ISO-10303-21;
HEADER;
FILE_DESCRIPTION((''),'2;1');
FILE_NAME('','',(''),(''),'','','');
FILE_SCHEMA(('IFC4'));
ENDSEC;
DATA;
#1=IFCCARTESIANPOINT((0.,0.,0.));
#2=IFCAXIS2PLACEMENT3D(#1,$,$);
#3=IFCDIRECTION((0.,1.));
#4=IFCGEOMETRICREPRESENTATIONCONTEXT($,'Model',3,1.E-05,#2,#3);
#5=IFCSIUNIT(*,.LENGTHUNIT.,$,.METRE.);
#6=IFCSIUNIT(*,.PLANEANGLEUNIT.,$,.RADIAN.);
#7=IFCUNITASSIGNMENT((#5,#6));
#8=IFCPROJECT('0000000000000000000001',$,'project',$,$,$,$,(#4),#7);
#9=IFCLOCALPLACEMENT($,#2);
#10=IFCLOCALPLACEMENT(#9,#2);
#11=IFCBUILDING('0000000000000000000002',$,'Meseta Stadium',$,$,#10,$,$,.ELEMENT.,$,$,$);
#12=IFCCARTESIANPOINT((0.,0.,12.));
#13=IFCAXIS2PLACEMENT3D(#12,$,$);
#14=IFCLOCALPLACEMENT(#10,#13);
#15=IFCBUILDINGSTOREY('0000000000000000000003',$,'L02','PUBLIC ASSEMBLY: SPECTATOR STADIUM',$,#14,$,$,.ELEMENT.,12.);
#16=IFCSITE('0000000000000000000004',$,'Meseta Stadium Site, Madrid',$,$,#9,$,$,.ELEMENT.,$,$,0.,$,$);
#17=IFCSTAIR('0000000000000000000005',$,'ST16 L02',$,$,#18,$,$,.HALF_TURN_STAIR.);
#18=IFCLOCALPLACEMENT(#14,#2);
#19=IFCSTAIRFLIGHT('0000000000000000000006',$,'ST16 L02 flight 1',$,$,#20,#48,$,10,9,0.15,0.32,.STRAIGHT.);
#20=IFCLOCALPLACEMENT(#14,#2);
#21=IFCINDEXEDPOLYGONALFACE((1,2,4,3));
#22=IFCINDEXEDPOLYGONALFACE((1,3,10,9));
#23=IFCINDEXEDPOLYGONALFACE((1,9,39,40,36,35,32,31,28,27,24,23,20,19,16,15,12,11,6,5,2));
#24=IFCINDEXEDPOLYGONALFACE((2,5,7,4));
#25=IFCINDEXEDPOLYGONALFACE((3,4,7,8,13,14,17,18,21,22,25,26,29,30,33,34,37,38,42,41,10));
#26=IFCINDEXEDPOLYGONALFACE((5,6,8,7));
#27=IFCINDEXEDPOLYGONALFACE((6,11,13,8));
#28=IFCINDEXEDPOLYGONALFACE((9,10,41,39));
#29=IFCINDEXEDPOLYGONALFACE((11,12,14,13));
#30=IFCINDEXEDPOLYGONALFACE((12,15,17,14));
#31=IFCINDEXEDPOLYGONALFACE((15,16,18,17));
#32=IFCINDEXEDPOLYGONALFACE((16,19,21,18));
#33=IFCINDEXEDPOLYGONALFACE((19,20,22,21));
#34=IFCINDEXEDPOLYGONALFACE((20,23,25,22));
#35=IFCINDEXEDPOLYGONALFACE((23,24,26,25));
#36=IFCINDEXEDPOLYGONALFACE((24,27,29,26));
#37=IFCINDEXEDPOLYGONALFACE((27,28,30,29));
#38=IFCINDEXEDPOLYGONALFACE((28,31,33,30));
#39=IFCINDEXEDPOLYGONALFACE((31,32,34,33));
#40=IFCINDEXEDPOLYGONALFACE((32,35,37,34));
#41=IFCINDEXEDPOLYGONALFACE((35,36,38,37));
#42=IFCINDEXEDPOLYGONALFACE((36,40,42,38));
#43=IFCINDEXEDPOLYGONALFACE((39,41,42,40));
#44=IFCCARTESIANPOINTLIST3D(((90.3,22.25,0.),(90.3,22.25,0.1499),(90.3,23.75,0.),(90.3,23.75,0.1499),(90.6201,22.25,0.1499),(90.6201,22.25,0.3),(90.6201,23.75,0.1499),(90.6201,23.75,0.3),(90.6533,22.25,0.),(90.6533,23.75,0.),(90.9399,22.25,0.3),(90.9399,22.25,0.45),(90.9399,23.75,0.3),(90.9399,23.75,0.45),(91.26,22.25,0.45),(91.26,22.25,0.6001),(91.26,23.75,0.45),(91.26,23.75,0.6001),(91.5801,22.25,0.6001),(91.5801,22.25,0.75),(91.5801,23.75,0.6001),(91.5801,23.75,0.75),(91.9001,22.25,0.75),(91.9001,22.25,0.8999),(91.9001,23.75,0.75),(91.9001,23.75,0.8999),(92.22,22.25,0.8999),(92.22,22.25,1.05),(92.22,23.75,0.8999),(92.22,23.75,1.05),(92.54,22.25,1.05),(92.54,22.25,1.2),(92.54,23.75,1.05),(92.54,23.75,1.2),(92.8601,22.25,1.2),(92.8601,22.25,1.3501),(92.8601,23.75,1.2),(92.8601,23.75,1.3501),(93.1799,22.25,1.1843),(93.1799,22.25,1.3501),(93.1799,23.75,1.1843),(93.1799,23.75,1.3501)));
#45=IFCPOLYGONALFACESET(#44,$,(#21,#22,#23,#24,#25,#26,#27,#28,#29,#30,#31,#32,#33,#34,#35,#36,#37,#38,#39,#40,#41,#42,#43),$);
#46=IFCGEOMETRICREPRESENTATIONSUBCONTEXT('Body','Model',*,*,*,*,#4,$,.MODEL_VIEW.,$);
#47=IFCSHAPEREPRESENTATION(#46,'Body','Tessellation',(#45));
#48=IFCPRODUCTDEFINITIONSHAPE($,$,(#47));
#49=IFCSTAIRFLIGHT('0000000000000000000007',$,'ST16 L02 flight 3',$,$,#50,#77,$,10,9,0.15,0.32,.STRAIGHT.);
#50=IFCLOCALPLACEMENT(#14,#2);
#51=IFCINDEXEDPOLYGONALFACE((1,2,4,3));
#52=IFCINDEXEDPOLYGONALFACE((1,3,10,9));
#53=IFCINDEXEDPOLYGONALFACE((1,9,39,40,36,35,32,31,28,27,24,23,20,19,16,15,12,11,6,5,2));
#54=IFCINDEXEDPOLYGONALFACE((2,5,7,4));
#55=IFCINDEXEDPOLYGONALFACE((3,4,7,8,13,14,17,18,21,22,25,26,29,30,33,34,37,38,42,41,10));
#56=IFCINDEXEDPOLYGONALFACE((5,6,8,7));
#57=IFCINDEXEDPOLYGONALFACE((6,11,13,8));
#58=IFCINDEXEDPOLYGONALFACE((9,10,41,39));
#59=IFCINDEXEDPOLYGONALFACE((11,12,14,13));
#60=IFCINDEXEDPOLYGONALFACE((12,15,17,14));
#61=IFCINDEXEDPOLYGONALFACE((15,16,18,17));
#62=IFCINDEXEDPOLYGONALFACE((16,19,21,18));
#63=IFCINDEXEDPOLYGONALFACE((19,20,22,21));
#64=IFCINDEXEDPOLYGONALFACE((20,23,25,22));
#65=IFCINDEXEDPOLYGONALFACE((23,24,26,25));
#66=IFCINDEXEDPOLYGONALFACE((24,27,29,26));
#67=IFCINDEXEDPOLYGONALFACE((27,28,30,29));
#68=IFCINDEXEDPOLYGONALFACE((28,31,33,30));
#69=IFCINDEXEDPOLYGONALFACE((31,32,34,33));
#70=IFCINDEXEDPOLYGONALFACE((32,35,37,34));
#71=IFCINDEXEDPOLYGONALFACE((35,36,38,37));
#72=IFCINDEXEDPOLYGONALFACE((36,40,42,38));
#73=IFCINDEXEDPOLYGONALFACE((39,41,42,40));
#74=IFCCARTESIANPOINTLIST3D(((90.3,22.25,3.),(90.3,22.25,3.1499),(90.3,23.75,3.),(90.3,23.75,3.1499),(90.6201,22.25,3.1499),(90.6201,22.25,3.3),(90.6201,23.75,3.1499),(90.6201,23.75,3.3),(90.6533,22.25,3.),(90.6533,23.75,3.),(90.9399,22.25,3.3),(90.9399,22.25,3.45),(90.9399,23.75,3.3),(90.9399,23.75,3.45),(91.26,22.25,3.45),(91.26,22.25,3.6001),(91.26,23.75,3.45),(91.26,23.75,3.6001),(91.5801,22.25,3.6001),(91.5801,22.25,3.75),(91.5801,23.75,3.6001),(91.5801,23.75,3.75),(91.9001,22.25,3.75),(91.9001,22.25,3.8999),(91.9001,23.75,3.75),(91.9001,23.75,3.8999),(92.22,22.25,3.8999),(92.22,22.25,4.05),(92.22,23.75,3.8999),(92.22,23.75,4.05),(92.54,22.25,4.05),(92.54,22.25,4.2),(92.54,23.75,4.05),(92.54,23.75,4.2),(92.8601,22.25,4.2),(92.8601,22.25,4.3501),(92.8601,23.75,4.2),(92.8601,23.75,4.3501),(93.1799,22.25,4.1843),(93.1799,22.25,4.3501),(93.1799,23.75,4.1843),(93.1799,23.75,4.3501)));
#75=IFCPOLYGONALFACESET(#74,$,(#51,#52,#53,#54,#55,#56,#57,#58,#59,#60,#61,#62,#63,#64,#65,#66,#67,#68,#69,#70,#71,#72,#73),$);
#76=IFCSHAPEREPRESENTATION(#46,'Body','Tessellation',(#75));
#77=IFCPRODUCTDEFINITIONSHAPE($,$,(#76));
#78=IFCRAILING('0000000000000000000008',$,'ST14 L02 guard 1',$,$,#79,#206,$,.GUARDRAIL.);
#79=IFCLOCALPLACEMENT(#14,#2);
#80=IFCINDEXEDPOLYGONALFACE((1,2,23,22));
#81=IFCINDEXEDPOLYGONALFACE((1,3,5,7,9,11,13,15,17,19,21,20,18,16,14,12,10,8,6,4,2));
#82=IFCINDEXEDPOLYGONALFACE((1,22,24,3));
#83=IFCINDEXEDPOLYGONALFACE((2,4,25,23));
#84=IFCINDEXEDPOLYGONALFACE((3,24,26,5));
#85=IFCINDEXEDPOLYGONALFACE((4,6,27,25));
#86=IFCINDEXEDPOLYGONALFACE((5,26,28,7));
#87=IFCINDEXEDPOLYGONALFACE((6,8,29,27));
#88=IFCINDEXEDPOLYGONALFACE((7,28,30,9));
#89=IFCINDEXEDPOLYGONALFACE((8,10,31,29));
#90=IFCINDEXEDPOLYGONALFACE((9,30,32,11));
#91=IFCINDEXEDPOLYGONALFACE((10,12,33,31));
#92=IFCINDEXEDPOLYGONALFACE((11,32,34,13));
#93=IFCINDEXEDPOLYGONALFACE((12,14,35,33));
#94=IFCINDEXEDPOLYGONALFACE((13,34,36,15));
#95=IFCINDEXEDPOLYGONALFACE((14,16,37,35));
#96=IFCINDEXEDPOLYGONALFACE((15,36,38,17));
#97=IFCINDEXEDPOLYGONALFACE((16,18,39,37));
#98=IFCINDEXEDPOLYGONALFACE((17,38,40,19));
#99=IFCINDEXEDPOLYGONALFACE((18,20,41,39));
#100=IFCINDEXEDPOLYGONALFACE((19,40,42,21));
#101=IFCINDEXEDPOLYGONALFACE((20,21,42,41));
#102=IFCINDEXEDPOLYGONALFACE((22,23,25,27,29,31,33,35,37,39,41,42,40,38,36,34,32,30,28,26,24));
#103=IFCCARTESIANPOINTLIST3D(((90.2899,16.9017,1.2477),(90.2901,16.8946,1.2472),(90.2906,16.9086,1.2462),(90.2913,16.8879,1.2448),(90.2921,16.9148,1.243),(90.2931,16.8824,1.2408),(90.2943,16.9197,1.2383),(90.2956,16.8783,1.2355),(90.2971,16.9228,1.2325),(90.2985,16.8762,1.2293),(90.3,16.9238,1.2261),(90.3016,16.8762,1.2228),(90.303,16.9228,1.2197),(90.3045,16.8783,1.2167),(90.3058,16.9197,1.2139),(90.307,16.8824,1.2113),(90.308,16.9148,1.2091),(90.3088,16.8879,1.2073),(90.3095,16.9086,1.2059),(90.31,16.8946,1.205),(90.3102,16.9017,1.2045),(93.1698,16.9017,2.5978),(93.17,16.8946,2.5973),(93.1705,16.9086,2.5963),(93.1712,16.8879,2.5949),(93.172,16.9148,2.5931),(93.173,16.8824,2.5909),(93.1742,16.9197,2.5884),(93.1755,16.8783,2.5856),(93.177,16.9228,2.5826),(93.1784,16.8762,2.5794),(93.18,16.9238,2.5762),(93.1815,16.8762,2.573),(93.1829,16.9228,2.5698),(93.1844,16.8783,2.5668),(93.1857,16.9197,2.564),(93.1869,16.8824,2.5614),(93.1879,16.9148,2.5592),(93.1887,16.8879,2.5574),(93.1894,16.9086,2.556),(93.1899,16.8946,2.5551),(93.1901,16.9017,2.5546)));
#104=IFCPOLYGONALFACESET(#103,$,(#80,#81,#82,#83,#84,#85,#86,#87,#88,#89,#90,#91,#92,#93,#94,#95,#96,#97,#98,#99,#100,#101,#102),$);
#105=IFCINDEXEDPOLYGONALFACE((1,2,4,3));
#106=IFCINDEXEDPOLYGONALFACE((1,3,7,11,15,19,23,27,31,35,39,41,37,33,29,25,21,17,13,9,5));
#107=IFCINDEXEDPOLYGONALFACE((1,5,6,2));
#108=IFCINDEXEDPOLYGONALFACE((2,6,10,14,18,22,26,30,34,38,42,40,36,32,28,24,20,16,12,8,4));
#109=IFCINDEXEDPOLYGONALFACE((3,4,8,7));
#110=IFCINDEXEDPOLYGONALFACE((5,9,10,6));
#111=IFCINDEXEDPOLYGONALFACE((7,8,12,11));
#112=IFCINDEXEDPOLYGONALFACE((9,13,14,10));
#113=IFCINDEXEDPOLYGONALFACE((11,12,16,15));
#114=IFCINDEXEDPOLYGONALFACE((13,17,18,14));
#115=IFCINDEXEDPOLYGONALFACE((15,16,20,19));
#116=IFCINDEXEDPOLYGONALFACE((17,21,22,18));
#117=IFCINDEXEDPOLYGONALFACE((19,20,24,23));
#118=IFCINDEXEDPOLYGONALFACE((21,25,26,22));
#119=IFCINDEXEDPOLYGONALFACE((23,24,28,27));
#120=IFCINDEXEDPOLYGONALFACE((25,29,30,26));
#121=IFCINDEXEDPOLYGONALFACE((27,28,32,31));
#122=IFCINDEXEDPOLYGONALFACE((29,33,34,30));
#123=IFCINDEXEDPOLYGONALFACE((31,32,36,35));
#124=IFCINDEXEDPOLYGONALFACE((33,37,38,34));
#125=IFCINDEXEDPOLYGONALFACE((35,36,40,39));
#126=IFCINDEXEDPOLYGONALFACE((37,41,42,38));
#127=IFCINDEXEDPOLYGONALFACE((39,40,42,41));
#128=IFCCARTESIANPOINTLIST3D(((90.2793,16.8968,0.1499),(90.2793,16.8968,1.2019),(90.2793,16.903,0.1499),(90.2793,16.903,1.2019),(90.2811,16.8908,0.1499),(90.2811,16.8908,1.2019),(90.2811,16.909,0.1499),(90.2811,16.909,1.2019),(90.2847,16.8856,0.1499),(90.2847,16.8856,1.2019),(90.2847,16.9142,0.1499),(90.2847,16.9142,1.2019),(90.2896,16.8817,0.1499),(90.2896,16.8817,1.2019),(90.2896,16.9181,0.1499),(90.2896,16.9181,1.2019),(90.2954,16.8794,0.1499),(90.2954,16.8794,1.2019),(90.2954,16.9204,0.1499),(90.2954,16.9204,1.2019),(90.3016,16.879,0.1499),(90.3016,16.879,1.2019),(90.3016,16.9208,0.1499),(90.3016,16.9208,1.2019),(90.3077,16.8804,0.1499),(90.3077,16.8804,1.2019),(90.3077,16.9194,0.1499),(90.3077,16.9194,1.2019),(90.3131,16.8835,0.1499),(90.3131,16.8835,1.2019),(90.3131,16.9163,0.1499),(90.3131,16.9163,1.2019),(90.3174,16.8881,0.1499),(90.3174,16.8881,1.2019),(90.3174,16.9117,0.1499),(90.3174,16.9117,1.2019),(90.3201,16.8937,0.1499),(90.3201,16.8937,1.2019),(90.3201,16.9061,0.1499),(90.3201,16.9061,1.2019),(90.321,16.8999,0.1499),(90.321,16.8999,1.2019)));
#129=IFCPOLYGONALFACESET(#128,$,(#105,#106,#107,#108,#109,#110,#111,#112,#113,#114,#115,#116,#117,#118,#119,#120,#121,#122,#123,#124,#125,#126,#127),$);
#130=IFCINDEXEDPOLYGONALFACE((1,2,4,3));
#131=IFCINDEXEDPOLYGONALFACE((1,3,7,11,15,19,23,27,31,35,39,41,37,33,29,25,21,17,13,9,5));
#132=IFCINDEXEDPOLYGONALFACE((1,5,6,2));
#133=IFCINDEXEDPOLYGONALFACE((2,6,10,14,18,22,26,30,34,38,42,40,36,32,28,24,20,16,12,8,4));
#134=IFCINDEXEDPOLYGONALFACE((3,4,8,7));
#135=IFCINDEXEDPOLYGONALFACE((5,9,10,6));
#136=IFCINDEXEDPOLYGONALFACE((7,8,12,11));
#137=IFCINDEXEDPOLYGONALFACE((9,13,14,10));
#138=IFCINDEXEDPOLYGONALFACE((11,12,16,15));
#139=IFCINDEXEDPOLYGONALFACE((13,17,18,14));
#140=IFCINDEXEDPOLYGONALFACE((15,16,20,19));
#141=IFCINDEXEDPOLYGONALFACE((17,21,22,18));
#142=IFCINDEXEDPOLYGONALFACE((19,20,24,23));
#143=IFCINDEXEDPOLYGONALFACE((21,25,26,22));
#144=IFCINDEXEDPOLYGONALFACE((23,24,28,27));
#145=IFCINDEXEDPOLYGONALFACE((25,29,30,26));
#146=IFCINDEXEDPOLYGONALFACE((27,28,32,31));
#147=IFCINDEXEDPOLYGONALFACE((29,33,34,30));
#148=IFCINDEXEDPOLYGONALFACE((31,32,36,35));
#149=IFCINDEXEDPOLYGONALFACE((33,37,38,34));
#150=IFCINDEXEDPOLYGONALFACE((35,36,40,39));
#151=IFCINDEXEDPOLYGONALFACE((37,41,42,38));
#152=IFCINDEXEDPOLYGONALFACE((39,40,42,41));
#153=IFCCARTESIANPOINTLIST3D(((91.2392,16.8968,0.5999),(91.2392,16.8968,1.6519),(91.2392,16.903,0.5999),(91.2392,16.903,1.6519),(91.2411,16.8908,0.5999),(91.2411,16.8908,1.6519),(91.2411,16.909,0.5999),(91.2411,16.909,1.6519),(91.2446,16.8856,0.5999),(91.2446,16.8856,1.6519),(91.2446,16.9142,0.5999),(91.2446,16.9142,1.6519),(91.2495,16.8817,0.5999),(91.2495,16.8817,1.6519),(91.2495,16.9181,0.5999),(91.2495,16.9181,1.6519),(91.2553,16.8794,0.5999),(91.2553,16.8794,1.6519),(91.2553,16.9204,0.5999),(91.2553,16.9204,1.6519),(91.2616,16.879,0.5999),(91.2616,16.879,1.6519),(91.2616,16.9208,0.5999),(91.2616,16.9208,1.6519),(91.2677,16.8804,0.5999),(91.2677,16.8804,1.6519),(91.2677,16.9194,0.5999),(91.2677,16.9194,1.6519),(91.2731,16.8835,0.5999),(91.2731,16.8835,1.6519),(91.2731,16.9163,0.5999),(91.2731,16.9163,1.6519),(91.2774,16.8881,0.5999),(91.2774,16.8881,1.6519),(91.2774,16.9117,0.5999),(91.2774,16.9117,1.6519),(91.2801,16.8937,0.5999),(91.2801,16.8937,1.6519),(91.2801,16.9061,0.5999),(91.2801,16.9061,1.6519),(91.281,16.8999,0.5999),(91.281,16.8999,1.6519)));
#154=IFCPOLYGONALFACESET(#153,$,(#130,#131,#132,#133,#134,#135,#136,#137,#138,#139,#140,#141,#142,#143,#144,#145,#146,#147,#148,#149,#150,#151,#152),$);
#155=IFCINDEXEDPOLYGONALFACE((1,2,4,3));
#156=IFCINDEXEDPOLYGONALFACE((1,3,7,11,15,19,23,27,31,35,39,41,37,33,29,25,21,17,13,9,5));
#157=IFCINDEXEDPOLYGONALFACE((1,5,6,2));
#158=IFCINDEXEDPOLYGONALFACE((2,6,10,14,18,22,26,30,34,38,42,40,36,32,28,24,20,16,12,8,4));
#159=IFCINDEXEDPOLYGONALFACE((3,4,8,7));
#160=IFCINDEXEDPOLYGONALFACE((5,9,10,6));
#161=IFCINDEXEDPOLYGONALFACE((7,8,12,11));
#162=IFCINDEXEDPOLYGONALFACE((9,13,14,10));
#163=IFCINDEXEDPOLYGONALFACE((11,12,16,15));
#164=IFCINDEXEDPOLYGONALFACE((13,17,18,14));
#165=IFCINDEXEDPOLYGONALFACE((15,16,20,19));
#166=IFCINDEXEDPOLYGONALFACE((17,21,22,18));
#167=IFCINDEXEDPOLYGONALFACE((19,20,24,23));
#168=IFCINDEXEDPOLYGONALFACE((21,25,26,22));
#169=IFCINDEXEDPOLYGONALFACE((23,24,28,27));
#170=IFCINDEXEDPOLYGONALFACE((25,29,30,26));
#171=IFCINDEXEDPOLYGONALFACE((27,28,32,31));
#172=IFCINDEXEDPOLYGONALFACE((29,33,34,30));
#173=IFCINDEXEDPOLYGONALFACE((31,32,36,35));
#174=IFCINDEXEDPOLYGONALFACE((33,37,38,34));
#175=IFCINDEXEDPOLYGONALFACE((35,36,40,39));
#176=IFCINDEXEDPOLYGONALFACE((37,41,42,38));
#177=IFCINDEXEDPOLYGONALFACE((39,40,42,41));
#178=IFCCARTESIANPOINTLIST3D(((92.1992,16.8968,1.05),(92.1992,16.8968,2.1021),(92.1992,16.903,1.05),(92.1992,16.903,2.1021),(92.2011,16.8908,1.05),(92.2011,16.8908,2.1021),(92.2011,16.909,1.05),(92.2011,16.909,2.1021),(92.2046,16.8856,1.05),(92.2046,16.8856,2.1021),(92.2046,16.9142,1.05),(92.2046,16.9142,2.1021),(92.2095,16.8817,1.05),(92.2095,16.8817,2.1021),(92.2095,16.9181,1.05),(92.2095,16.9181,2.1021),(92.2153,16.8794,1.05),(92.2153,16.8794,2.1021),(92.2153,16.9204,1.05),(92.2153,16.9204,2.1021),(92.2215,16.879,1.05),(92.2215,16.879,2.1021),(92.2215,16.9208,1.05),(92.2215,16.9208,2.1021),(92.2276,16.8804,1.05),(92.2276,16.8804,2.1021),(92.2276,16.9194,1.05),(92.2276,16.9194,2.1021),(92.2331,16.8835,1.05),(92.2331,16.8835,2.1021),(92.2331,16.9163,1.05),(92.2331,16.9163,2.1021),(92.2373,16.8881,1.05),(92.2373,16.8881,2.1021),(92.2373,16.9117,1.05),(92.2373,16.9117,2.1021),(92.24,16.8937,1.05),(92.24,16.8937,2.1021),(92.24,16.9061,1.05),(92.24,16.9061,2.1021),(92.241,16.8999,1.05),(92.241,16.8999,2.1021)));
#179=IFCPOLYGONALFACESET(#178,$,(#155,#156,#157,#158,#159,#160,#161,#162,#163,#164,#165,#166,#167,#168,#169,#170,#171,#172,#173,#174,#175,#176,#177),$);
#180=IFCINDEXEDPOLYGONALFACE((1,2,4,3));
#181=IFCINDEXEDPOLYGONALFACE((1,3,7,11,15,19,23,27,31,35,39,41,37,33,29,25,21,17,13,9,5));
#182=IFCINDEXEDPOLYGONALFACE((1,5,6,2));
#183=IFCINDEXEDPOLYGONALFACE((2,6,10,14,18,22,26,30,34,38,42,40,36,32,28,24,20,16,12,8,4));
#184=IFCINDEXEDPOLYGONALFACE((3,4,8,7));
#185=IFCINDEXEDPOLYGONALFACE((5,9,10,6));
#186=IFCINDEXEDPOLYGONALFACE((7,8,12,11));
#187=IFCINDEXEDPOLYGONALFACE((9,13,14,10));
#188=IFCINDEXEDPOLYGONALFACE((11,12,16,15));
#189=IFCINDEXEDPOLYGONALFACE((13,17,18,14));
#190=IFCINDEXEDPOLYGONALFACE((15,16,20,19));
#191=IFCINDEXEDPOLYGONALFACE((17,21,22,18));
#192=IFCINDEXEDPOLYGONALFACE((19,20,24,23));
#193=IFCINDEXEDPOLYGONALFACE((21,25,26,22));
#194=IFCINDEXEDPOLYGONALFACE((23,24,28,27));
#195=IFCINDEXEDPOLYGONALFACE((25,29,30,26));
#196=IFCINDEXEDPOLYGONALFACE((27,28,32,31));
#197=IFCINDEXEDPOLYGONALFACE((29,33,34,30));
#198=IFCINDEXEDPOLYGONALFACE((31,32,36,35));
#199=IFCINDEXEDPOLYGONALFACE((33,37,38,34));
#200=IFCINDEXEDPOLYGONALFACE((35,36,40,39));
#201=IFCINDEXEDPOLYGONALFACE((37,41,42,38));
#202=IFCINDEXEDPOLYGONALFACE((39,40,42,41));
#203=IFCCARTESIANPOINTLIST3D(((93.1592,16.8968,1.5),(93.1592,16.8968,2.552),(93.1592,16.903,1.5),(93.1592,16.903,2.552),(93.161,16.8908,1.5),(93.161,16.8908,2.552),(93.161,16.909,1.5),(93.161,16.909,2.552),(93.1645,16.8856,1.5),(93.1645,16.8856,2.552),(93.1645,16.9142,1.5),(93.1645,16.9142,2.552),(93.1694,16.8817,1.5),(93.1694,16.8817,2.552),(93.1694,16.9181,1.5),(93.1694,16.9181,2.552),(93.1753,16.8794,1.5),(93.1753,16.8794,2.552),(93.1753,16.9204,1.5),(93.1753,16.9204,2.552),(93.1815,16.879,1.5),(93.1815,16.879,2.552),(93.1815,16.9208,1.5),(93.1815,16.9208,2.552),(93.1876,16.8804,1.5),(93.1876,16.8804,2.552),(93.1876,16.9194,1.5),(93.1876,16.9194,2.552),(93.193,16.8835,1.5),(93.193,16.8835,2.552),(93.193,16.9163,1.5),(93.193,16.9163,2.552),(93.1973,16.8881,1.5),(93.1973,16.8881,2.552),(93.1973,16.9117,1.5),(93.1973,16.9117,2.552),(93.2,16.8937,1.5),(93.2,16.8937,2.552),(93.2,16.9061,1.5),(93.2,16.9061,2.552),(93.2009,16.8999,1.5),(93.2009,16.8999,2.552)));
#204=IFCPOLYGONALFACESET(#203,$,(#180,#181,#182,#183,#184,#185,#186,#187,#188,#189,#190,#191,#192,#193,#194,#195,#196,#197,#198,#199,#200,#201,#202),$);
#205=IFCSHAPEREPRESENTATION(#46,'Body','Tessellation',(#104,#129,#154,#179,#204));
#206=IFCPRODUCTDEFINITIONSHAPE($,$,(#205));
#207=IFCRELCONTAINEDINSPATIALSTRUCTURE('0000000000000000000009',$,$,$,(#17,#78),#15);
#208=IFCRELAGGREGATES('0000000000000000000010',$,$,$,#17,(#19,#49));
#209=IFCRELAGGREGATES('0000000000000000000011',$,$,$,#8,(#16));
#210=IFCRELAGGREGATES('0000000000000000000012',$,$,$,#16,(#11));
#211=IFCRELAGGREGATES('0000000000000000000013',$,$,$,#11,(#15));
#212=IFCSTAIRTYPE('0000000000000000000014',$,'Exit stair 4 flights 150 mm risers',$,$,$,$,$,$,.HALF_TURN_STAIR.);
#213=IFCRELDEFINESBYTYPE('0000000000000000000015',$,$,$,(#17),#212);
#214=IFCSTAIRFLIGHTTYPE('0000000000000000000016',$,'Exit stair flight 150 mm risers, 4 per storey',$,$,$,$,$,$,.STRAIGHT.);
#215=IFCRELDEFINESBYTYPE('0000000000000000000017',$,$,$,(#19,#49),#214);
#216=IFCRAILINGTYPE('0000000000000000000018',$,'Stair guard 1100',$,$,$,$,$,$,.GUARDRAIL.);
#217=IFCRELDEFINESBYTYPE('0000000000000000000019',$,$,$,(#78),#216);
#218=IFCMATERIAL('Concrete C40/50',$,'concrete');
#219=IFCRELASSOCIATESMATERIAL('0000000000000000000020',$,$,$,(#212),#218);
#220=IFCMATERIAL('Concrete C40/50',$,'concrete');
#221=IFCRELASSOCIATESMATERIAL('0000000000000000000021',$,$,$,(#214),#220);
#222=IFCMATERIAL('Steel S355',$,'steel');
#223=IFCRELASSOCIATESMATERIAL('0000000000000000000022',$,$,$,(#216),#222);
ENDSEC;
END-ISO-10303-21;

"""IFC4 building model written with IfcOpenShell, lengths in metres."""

from ifc_helpers import new_model, si_unit, direction, frame, origin, origin_2d, place, context, subcontext, project, spatial, polyline, circle, outline, extrude, material, type_object, element, aggregate, save


model = new_model("IFC4")

# Units and contexts
model_context = context("Model", 3, precision=1e-05, world=origin(), true_north=direction((0.0, 1.0)))
body_context = subcontext(model_context, "Body", "Model", "MODEL_VIEW")
ifc_project = project(units=[si_unit("LENGTHUNIT", "METRE"), si_unit("PLANEANGLEUNIT", "RADIAN")], contexts=[model_context])

# Site, building, storey
site_placement = place(None, origin())
site = spatial("IfcSite", under=ifc_project, at=site_placement, Name="Meseta Stadium Site, Madrid", CompositionType="ELEMENT", RefElevation=0.0)
building_placement = place(site_placement, origin())
building = spatial("IfcBuilding", under=site, at=building_placement, Name="Meseta Stadium", CompositionType="ELEMENT")
storey_placement = place(building_placement, frame((0.0, 0.0, 12.0)))
storey = spatial("IfcBuildingStorey", under=building, at=storey_placement, Name="L02", Description="PUBLIC ASSEMBLY: SPECTATOR STADIUM", CompositionType="ELEMENT", Elevation=12.0)

# Stair, stair flights
ifc_material_1 = material(Name="Concrete C40/50", Category="concrete")
stair_type = type_object("IfcStairType", Name="Exit stair 4 flights 150 mm risers", PredefinedType="HALF_TURN_STAIR", material=ifc_material_1)
ifc_material_2 = material(Name="Concrete C40/50", Category="concrete")
stair_flight_type = type_object("IfcStairFlightType", Name="Exit stair flight 150 mm risers, 4 per storey", PredefinedType="STRAIGHT", material=ifc_material_2)
stair_1_placement = place(storey_placement, origin())
stair_1 = element("IfcStair", 1, at=stair_1_placement, inside=storey, type_object=stair_type, Name="ST16 L02", PredefinedType="HALF_TURN_STAIR")
stair_flight_1_placement = place(storey_placement, frame((90.3, 23.0, 0.0), z_axis=(0.0, 0.0, 1.0), x_axis=(1.0, 0.0, 0.0)))
stair_flight_1 = element("IfcStairFlight", 2, at=stair_flight_1_placement, type_object=stair_flight_type, Name="ST16 L02 flight 1", NumberOfRisers=10, NumberOfTreads=9, PredefinedType="STRAIGHT", RiserHeight=0.15, TreadLength=0.32, context=body_context, shape_type="SweptSolid", body=[
    extrude(outline(polyline([(0.0, 0.0), (0.0, 0.1499), (0.3201, 0.1499), (0.3201, 0.3), (0.6399, 0.3), (0.6399, 0.45), (0.96, 0.45), (0.96, 0.6001), (1.28, 0.6001), (1.28, 0.75), (1.6001, 0.75), (1.6001, 0.8999), (1.9199, 0.8999), (1.9199, 1.05), (2.24, 1.05), (2.24, 1.2), (2.5601, 1.2), (2.5601, 1.3501), (2.8799, 1.3501), (2.8799, 1.1843), (0.3533, 0.0), (0.0, 0.0)])), frame((0.0, 0.75, 0.0), z_axis=(0.0, -1.0, 0.0), x_axis=(1.0, 0.0, 0.0)), (0.0, 0.0, 1.0), 1.5),
])
stair_flight_2_placement = place(storey_placement, frame((90.3, 23.0, 3.0), z_axis=(0.0, 0.0, 1.0), x_axis=(1.0, 0.0, 0.0)))
stair_flight_2 = element("IfcStairFlight", 3, at=stair_flight_2_placement, type_object=stair_flight_type, Name="ST16 L02 flight 3", NumberOfRisers=10, NumberOfTreads=9, PredefinedType="STRAIGHT", RiserHeight=0.15, TreadLength=0.32, context=body_context, shape_type="SweptSolid", body=[
    extrude(outline(polyline([(0.0, 0.0), (0.0, 0.1499), (0.3201, 0.1499), (0.3201, 0.3), (0.6399, 0.3), (0.6399, 0.45), (0.96, 0.45), (0.96, 0.6001), (1.28, 0.6001), (1.28, 0.75), (1.6001, 0.75), (1.6001, 0.8999), (1.9199, 0.8999), (1.9199, 1.05), (2.24, 1.05), (2.24, 1.2), (2.5601, 1.2), (2.5601, 1.3501), (2.8799, 1.3501), (2.8799, 1.1843), (0.3533, 0.0), (0.0, 0.0)])), frame((0.0, 0.75, 0.0), z_axis=(0.0, -1.0, 0.0), x_axis=(1.0, 0.0, 0.0)), (0.0, 0.0, 1.0), 1.5),
])
aggregate(stair_1, [stair_flight_1, stair_flight_2])

# Railing
ifc_material_3 = material(Name="Steel S355", Category="steel")
railing_type_1 = type_object("IfcRailingType", Name="Stair guard 1100", PredefinedType="GUARDRAIL", material=ifc_material_3)
railing_1_placement = place(storey_placement, frame((90.3, 16.8999, 0.1499)))
element("IfcRailing", 4, at=railing_1_placement, inside=storey, type_object=railing_type_1, Name="ST14 L02 guard 1", PredefinedType="GUARDRAIL", context=body_context, shape_type="SweptSolid", body=[
    extrude(circle(Radius=0.0239, at=origin_2d()), frame((0.0, 0.0, 1.0762), z_axis=(0.90544, 0.0, 0.424473), x_axis=(0.0, 1.0, 0.0)), (0.0, 0.0, 1.0), 3.1807),
    extrude(circle(Radius=0.021, at=origin_2d()), origin(), (0.0, 0.0, 1.0), 1.052),
    extrude(circle(Radius=0.021, at=origin_2d()), frame((0.96, 0.0, 0.45)), (0.0, 0.0, 1.0), 1.052),
    extrude(circle(Radius=0.021, at=origin_2d()), frame((1.9199, 0.0, 0.9001)), (0.0, 0.0, 1.0), 1.052),
    extrude(circle(Radius=0.021, at=origin_2d()), frame((2.8799, 0.0, 1.3501)), (0.0, 0.0, 1.0), 1.052),
])

save(model, "model.ifc")
